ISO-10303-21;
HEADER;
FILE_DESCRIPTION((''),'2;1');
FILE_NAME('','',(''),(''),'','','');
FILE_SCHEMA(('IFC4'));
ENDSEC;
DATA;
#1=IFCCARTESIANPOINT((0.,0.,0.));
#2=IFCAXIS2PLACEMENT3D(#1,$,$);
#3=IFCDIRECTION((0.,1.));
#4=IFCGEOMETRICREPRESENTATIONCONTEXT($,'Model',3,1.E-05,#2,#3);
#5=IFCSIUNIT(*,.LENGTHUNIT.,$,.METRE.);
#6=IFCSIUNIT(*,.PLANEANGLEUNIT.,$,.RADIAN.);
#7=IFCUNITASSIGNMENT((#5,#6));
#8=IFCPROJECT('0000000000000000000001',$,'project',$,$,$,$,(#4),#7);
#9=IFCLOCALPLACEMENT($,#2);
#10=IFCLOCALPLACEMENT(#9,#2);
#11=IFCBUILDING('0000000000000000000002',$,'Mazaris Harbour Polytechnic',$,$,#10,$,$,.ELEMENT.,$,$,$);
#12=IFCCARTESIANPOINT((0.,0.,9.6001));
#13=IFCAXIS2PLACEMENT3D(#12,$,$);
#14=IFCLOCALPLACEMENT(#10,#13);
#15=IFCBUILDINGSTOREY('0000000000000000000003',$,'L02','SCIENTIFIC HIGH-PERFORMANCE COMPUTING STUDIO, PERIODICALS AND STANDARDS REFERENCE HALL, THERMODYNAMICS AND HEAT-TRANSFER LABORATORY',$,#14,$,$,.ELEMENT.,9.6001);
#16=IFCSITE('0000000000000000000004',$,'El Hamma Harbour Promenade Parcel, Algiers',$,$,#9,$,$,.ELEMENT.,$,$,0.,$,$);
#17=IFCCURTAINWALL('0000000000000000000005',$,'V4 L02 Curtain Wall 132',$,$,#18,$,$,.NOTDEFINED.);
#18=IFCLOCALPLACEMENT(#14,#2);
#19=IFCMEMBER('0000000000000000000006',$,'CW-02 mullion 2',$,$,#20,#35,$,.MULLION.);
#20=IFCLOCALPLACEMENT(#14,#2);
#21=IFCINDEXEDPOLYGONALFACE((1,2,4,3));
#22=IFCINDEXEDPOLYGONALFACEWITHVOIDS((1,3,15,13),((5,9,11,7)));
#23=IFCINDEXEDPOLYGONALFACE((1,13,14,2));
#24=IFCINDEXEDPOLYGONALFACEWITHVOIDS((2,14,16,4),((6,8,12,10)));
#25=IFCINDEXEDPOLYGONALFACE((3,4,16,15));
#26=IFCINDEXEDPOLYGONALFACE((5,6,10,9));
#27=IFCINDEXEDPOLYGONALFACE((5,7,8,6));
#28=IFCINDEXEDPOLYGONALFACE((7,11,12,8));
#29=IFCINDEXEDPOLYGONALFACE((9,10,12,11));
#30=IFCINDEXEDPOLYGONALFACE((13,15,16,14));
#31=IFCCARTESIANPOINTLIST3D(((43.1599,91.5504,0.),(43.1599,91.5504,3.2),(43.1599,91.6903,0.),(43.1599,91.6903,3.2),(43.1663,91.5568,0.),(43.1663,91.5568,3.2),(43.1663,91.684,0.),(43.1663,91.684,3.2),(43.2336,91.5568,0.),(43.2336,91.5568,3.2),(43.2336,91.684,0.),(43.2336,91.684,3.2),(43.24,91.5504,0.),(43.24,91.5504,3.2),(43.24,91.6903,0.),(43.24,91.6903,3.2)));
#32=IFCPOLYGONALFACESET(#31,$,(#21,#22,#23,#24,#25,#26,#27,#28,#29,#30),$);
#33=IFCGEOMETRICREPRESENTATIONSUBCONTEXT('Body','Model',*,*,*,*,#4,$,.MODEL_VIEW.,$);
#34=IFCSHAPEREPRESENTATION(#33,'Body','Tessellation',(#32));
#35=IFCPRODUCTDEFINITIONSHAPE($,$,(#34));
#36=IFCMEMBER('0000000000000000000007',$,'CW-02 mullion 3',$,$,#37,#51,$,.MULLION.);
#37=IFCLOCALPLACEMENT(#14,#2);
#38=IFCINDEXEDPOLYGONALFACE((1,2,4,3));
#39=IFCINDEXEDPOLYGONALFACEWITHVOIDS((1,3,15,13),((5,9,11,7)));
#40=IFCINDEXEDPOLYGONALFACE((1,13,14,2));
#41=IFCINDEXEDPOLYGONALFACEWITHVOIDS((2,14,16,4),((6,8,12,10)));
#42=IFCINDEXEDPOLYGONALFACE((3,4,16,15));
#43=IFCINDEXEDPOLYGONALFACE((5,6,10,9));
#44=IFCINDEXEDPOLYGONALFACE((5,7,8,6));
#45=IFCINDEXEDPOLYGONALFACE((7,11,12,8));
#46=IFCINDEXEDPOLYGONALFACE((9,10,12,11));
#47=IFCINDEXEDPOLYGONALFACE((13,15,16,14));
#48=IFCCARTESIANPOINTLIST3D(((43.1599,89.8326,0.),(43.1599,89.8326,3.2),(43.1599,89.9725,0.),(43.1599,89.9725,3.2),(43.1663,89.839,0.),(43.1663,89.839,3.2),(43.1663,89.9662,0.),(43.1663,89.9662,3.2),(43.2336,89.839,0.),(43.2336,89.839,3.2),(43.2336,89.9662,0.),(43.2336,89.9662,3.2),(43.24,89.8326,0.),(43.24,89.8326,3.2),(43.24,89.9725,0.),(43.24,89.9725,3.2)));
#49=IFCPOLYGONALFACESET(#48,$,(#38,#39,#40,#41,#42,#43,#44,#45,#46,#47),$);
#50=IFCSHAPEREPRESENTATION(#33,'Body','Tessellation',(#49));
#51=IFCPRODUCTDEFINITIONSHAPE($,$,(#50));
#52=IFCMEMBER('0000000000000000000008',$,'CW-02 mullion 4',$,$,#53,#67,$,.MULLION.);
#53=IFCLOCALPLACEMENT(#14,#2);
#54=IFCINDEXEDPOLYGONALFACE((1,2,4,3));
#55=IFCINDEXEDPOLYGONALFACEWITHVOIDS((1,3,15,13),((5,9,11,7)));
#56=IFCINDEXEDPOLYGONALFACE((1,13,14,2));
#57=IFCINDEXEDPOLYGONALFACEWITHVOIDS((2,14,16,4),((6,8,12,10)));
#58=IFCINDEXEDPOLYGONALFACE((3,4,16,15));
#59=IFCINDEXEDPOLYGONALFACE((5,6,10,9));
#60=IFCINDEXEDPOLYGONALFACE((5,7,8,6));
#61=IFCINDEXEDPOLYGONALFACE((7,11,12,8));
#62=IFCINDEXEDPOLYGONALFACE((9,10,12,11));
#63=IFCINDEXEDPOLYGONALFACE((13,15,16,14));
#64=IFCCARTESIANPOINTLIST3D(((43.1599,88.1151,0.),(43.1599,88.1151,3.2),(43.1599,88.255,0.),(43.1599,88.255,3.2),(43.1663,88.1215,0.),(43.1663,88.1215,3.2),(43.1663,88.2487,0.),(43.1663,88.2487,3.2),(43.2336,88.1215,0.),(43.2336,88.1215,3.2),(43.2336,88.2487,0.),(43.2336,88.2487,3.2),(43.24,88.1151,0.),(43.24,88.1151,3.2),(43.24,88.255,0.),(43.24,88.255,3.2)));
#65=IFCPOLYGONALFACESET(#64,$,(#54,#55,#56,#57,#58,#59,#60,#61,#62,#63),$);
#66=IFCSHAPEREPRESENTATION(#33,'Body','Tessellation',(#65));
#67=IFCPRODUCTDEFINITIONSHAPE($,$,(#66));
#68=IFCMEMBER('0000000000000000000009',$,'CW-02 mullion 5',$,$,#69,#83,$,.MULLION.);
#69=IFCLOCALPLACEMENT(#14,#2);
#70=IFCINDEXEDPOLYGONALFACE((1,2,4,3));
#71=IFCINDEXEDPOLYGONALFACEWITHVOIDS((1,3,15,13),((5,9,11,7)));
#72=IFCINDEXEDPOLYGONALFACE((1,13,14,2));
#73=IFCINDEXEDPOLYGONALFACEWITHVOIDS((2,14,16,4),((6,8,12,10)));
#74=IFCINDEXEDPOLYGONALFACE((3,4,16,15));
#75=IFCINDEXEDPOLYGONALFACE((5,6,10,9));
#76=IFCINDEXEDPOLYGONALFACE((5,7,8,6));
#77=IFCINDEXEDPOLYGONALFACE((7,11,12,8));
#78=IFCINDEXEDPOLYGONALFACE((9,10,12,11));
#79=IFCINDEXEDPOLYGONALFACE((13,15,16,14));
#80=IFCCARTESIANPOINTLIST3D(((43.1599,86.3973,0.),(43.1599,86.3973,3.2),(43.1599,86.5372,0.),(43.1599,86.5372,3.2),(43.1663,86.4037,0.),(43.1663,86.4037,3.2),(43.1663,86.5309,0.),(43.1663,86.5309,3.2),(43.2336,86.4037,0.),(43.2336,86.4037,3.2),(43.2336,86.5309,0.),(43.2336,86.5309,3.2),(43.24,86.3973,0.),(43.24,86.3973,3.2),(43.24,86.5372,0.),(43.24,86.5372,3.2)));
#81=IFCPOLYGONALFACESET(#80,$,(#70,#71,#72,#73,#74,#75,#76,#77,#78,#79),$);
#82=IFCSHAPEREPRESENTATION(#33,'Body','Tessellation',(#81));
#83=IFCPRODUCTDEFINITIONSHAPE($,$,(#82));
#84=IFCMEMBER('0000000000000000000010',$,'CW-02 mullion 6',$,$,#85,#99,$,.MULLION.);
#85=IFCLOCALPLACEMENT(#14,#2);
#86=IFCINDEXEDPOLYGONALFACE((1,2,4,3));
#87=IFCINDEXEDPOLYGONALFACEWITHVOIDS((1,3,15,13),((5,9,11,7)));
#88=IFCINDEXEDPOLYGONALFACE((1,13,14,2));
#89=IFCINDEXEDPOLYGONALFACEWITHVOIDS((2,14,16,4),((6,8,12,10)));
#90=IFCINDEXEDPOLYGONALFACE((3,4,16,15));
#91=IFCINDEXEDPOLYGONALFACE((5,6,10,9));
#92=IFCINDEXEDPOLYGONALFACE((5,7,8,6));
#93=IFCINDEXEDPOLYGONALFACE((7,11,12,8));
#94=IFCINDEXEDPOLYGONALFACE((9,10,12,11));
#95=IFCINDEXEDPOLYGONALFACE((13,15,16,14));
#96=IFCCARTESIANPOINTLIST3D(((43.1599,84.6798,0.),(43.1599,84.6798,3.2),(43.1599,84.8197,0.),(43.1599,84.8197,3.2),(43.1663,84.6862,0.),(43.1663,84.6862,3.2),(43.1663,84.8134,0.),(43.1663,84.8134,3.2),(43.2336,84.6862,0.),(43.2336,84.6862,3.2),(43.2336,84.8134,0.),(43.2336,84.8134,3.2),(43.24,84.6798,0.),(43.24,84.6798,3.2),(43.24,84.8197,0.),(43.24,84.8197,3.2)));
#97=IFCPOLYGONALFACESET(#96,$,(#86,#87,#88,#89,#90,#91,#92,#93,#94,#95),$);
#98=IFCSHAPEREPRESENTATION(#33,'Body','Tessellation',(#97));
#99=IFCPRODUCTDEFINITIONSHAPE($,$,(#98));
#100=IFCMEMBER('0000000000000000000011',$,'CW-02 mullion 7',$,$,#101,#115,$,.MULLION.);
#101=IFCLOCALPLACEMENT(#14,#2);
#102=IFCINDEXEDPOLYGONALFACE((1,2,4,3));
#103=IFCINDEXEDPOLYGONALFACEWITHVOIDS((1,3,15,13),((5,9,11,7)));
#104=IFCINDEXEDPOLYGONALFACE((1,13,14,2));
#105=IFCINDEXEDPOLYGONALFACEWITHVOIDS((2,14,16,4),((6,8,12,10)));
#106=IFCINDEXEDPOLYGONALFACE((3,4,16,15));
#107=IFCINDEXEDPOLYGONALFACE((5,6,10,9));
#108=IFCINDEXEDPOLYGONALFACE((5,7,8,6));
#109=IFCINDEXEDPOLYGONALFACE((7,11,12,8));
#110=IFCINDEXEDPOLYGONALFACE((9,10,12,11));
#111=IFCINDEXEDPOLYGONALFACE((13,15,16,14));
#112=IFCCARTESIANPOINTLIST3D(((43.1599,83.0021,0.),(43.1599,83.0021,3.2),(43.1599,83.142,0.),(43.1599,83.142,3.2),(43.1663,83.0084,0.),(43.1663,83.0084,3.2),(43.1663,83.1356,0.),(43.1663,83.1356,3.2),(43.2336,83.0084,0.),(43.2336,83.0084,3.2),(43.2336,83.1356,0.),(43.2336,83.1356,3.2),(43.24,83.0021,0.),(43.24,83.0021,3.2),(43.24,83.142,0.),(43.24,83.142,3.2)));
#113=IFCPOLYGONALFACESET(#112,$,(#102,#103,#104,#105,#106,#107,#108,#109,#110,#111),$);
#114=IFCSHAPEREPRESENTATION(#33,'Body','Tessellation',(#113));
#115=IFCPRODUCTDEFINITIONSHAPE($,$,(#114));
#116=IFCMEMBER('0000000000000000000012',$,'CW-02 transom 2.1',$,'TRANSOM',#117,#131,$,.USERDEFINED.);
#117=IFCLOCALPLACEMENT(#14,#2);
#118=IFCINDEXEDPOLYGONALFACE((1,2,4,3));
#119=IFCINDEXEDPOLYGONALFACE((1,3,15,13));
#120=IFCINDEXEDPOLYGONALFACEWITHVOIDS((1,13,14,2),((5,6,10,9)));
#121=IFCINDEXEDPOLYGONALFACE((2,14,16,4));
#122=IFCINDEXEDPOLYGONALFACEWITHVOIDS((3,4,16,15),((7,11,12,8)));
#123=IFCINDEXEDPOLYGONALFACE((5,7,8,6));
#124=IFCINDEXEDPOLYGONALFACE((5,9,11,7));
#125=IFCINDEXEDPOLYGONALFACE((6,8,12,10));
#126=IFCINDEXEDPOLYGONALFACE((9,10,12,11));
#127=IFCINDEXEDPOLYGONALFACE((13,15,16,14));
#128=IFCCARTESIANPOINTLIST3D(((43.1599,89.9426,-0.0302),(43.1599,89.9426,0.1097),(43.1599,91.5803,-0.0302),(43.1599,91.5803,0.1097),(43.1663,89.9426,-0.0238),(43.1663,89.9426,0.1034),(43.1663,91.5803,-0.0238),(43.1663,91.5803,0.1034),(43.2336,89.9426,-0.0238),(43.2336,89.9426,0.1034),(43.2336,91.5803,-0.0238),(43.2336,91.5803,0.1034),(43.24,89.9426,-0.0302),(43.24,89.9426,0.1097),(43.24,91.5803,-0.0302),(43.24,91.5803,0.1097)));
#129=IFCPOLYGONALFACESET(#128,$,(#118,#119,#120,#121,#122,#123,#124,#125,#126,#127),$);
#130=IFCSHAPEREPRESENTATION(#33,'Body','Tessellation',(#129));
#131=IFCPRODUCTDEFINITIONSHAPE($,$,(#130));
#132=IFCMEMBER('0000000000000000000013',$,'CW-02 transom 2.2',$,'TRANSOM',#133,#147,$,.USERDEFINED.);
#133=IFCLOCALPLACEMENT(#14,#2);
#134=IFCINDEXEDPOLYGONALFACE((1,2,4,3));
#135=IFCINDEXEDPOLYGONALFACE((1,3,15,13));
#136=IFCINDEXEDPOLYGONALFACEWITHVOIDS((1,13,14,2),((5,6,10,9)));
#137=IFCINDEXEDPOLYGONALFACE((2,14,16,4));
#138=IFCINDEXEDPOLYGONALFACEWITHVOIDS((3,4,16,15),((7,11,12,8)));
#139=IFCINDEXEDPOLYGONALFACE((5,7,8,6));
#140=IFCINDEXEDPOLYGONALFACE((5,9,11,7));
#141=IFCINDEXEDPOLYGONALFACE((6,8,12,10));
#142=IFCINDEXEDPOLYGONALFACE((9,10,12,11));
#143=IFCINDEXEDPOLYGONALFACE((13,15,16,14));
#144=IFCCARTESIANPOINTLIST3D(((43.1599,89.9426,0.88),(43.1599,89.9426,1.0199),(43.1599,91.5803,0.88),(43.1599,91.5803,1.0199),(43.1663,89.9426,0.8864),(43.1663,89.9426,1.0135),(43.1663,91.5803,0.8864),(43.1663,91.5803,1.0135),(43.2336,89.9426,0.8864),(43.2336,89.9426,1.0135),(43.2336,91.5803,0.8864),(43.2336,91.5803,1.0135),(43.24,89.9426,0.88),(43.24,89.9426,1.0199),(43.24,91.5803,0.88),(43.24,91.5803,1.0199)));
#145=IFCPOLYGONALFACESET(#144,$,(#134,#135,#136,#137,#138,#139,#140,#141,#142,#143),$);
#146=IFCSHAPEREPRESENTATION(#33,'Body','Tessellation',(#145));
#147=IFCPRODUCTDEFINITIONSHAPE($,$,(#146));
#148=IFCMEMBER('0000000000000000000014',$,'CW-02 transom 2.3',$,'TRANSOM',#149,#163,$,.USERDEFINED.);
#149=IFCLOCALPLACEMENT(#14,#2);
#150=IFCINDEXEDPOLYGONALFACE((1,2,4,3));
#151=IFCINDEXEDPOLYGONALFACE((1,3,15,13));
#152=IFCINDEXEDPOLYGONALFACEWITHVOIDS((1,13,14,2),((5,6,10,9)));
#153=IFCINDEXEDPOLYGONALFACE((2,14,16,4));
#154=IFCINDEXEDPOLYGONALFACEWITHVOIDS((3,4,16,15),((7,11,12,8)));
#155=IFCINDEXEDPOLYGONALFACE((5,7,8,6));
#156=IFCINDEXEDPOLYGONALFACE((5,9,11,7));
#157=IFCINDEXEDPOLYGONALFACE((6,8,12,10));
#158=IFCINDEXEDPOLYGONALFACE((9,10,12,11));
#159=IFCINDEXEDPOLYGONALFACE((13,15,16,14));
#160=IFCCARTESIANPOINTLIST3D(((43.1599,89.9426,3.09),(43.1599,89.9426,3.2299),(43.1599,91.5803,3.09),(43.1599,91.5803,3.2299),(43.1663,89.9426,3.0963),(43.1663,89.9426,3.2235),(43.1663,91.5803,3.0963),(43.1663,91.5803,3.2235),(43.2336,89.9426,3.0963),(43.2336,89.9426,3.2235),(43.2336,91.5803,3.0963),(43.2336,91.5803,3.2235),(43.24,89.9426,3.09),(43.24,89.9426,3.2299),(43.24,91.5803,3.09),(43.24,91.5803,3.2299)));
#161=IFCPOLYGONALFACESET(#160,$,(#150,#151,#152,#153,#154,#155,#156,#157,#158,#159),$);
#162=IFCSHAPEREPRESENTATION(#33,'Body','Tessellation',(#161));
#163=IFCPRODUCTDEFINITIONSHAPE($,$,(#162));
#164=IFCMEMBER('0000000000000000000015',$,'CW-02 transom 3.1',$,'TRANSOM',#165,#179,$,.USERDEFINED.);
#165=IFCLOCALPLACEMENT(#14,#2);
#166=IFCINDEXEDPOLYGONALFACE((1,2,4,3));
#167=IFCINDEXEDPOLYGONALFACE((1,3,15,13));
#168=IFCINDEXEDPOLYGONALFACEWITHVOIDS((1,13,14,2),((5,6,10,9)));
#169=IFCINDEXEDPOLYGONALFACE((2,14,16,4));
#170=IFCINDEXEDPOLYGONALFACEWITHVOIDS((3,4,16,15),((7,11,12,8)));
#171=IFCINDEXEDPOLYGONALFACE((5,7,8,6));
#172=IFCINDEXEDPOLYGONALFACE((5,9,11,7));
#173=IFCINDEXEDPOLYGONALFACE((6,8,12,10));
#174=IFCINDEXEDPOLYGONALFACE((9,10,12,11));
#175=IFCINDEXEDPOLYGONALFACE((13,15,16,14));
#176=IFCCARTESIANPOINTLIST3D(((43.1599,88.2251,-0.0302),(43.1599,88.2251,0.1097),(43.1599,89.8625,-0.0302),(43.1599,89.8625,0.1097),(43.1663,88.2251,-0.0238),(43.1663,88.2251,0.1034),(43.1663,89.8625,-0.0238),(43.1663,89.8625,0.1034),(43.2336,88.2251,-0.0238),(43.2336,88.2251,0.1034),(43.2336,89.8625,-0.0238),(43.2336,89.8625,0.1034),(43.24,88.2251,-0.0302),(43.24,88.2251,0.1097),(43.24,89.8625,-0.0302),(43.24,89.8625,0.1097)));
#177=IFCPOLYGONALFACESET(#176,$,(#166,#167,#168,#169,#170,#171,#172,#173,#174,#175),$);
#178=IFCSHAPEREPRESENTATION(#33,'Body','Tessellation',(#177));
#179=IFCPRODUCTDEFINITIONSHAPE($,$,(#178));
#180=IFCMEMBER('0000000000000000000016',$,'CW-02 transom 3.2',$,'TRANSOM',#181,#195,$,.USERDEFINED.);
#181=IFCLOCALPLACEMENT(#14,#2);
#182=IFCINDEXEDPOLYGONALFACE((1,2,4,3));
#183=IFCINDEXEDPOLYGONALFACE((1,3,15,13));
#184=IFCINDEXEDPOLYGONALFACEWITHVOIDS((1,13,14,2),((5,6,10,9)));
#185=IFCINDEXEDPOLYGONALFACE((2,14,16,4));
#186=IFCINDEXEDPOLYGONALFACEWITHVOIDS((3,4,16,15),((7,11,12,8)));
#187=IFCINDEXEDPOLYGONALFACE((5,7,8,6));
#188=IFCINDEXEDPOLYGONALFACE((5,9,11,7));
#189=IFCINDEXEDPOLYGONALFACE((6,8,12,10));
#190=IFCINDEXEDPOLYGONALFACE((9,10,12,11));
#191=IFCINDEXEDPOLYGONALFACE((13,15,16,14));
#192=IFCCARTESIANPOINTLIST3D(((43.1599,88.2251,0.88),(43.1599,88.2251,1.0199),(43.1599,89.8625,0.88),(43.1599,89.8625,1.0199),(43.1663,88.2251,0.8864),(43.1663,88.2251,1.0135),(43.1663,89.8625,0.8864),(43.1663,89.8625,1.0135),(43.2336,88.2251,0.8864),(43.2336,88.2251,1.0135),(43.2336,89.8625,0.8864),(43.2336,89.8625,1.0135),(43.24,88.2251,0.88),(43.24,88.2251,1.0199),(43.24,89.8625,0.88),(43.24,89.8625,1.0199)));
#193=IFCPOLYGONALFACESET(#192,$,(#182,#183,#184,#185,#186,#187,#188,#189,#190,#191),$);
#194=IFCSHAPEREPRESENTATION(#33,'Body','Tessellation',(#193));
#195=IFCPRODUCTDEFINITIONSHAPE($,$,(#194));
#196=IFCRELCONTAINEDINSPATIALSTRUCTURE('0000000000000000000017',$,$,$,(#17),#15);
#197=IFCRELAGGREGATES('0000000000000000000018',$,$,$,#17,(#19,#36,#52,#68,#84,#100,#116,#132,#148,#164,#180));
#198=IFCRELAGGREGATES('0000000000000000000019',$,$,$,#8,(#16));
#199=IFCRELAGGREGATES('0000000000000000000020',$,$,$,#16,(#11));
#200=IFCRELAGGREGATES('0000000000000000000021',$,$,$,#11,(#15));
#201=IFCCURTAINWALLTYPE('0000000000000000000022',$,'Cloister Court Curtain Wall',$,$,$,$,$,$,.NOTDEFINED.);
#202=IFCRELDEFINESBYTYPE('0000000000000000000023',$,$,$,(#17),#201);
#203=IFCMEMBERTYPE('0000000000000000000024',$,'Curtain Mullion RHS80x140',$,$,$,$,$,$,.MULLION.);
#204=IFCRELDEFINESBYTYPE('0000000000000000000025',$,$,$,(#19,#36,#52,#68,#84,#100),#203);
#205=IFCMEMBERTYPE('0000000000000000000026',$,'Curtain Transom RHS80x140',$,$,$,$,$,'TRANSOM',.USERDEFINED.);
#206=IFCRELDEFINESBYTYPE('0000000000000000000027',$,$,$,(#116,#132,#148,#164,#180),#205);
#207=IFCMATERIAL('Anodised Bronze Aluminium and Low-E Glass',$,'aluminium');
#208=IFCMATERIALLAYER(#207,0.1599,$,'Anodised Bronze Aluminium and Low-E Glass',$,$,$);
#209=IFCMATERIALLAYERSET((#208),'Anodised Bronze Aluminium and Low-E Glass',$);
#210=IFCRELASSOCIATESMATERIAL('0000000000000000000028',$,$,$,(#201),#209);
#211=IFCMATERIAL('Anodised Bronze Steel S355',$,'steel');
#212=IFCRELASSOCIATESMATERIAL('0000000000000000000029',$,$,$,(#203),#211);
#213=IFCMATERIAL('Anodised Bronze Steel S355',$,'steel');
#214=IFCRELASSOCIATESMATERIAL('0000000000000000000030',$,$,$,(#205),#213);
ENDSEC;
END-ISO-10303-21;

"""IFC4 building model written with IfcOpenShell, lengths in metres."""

from ifc_helpers import new_model, si_unit, direction, frame, origin, origin_2d, place, context, subcontext, project, spatial, hollow_rectangle, extrude, material, layer, layer_set, material_profile, profile_set, type_object, element, aggregate, save


model = new_model("IFC4")

# Units and contexts
model_context = context("Model", 3, precision=1e-05, world=origin(), true_north=direction((0.0, 1.0)))
body_context = subcontext(model_context, "Body", "Model", "MODEL_VIEW")
ifc_project = project(units=[si_unit("LENGTHUNIT", "METRE"), si_unit("PLANEANGLEUNIT", "RADIAN")], contexts=[model_context])

# Site, building, storey
site_placement = place(None, origin())
site = spatial("IfcSite", under=ifc_project, at=site_placement, Name="El Hamma Harbour Promenade Parcel, Algiers", CompositionType="ELEMENT", RefElevation=0.0)
building_placement = place(site_placement, origin())
building = spatial("IfcBuilding", under=site, at=building_placement, Name="Mazaris Harbour Polytechnic", CompositionType="ELEMENT")
storey_placement = place(building_placement, frame((0.0, 0.0, 9.6001)))
storey = spatial("IfcBuildingStorey", under=building, at=storey_placement, Name="L02", Description="SCIENTIFIC HIGH-PERFORMANCE COMPUTING STUDIO, PERIODICALS AND STANDARDS REFERENCE HALL, THERMODYNAMICS AND HEAT-TRANSFER LABORATORY", CompositionType="ELEMENT", Elevation=9.6001)

# Curtain wall, members
ifc_material_1 = material(Name="Anodised Bronze Aluminium and Low-E Glass", Category="aluminium")
ifc_layer_1 = layer(ifc_material_1, 0.1599, Name="Anodised Bronze Aluminium and Low-E Glass")
ifc_layer_set_1 = layer_set([ifc_layer_1], Name="Anodised Bronze Aluminium and Low-E Glass")
curtain_wall_type = type_object("IfcCurtainWallType", Name="Cloister Court Curtain Wall", PredefinedType="NOTDEFINED", material=ifc_layer_set_1)
curtain_wall_placement = place(storey_placement, origin())
curtain_wall = element("IfcCurtainWall", 1, at=curtain_wall_placement, inside=storey, type_object=curtain_wall_type, Name="V4 L02 Curtain Wall 132", PredefinedType="NOTDEFINED")
ifc_material_2 = material(Name="Anodised Bronze Steel S355", Category="steel")
ifc_material_profile_1 = material_profile(ifc_material_2, hollow_rectangle(XDim=0.0801, YDim=0.1399, WallThickness=0.0063, at=origin_2d()), Name="RHS 80x140x6.3")
ifc_profile_set_1 = profile_set([ifc_material_profile_1], Name="Anodised Bronze Steel S355")
member_type_1 = type_object("IfcMemberType", Name="Curtain Mullion RHS80x140", PredefinedType="MULLION", material=ifc_profile_set_1)
member_1_placement = place(storey_placement, frame((43.2, 91.6204, 0.0), z_axis=(0.0, 0.0, 1.0), x_axis=(1.0, 0.0, 0.0)))
member_1 = element("IfcMember", 2, at=member_1_placement, type_object=member_type_1, Name="CW-02 mullion 2", PredefinedType="MULLION", context=body_context, shape_type="SweptSolid", body=[
    extrude(hollow_rectangle(XDim=0.0801, YDim=0.1399, WallThickness=0.0063, at=origin_2d()), origin(), (0.0, 0.0, 1.0), 3.2),
])
member_2_placement = place(storey_placement, frame((43.2, 89.9026, 0.0), z_axis=(0.0, 0.0, 1.0), x_axis=(1.0, 0.0, 0.0)))
member_2 = element("IfcMember", 3, at=member_2_placement, type_object=member_type_1, Name="CW-02 mullion 3", PredefinedType="MULLION", context=body_context, shape_type="SweptSolid", body=[
    extrude(hollow_rectangle(XDim=0.0801, YDim=0.1399, WallThickness=0.0063, at=origin_2d()), origin(), (0.0, 0.0, 1.0), 3.2),
])
member_3_placement = place(storey_placement, frame((43.2, 88.1851, 0.0), z_axis=(0.0, 0.0, 1.0), x_axis=(1.0, 0.0, 0.0)))
member_3 = element("IfcMember", 4, at=member_3_placement, type_object=member_type_1, Name="CW-02 mullion 4", PredefinedType="MULLION", context=body_context, shape_type="SweptSolid", body=[
    extrude(hollow_rectangle(XDim=0.0801, YDim=0.1399, WallThickness=0.0063, at=origin_2d()), origin(), (0.0, 0.0, 1.0), 3.2),
])
member_4_placement = place(storey_placement, frame((43.2, 86.4673, 0.0), z_axis=(0.0, 0.0, 1.0), x_axis=(1.0, 0.0, 0.0)))
member_4 = element("IfcMember", 5, at=member_4_placement, type_object=member_type_1, Name="CW-02 mullion 5", PredefinedType="MULLION", context=body_context, shape_type="SweptSolid", body=[
    extrude(hollow_rectangle(XDim=0.0801, YDim=0.1399, WallThickness=0.0063, at=origin_2d()), origin(), (0.0, 0.0, 1.0), 3.2),
])
member_5_placement = place(storey_placement, frame((43.2, 84.7498, 0.0), z_axis=(0.0, 0.0, 1.0), x_axis=(1.0, 0.0, 0.0)))
member_5 = element("IfcMember", 6, at=member_5_placement, type_object=member_type_1, Name="CW-02 mullion 6", PredefinedType="MULLION", context=body_context, shape_type="SweptSolid", body=[
    extrude(hollow_rectangle(XDim=0.0801, YDim=0.1399, WallThickness=0.0063, at=origin_2d()), origin(), (0.0, 0.0, 1.0), 3.2),
])
member_6_placement = place(storey_placement, frame((43.2, 83.072, 0.0), z_axis=(0.0, 0.0, 1.0), x_axis=(1.0, 0.0, 0.0)))
member_6 = element("IfcMember", 7, at=member_6_placement, type_object=member_type_1, Name="CW-02 mullion 7", PredefinedType="MULLION", context=body_context, shape_type="SweptSolid", body=[
    extrude(hollow_rectangle(XDim=0.0801, YDim=0.1399, WallThickness=0.0063, at=origin_2d()), origin(), (0.0, 0.0, 1.0), 3.2),
])
ifc_material_3 = material(Name="Anodised Bronze Steel S355", Category="steel")
ifc_material_profile_2 = material_profile(ifc_material_3, hollow_rectangle(XDim=0.0801, YDim=0.1399, WallThickness=0.0063, at=origin_2d()), Name="RHS 80x140x6.3")
ifc_profile_set_2 = profile_set([ifc_material_profile_2], Name="Anodised Bronze Steel S355")
member_type_2 = type_object("IfcMemberType", Name="Curtain Transom RHS80x140", ElementType="TRANSOM", PredefinedType="USERDEFINED", material=ifc_profile_set_2)
member_7_placement = place(storey_placement, frame((43.2, 91.5803, 0.0398), z_axis=(0.0, -1.0, 0.0), x_axis=(1.0, 0.0, 0.0)))
member_7 = element("IfcMember", 8, at=member_7_placement, type_object=member_type_2, Name="CW-02 transom 2.1", ObjectType="TRANSOM", PredefinedType="USERDEFINED", context=body_context, shape_type="SweptSolid", body=[
    extrude(hollow_rectangle(XDim=0.0801, YDim=0.1399, WallThickness=0.0063, at=origin_2d()), origin(), (0.0, 0.0, 1.0), 1.6377),
])
member_8_placement = place(storey_placement, frame((43.2, 91.5803, 0.95), z_axis=(0.0, -1.0, 0.0), x_axis=(1.0, 0.0, 0.0)))
member_8 = element("IfcMember", 9, at=member_8_placement, type_object=member_type_2, Name="CW-02 transom 2.2", ObjectType="TRANSOM", PredefinedType="USERDEFINED", context=body_context, shape_type="SweptSolid", body=[
    extrude(hollow_rectangle(XDim=0.0801, YDim=0.1399, WallThickness=0.0063, at=origin_2d()), origin(), (0.0, 0.0, 1.0), 1.6377),
])
member_9_placement = place(storey_placement, frame((43.2, 91.5803, 3.1599), z_axis=(0.0, -1.0, 0.0), x_axis=(1.0, 0.0, 0.0)))
member_9 = element("IfcMember", 10, at=member_9_placement, type_object=member_type_2, Name="CW-02 transom 2.3", ObjectType="TRANSOM", PredefinedType="USERDEFINED", context=body_context, shape_type="SweptSolid", body=[
    extrude(hollow_rectangle(XDim=0.0801, YDim=0.1399, WallThickness=0.0063, at=origin_2d()), origin(), (0.0, 0.0, 1.0), 1.6377),
])
member_10_placement = place(storey_placement, frame((43.2, 89.8625, 0.0398), z_axis=(0.0, -1.0, 0.0), x_axis=(1.0, 0.0, 0.0)))
member_10 = element("IfcMember", 11, at=member_10_placement, type_object=member_type_2, Name="CW-02 transom 3.1", ObjectType="TRANSOM", PredefinedType="USERDEFINED", context=body_context, shape_type="SweptSolid", body=[
    extrude(hollow_rectangle(XDim=0.0801, YDim=0.1399, WallThickness=0.0063, at=origin_2d()), origin(), (0.0, 0.0, 1.0), 1.6375),
])
member_11_placement = place(storey_placement, frame((43.2, 89.8625, 0.95), z_axis=(0.0, -1.0, 0.0), x_axis=(1.0, 0.0, 0.0)))
member_11 = element("IfcMember", 12, at=member_11_placement, type_object=member_type_2, Name="CW-02 transom 3.2", ObjectType="TRANSOM", PredefinedType="USERDEFINED", context=body_context, shape_type="SweptSolid", body=[
    extrude(hollow_rectangle(XDim=0.0801, YDim=0.1399, WallThickness=0.0063, at=origin_2d()), origin(), (0.0, 0.0, 1.0), 1.6375),
])

aggregate(curtain_wall, [member_1, member_2, member_3, member_4, member_5, member_6, member_7, member_8, member_9, member_10, member_11])

save(model, "model.ifc")
